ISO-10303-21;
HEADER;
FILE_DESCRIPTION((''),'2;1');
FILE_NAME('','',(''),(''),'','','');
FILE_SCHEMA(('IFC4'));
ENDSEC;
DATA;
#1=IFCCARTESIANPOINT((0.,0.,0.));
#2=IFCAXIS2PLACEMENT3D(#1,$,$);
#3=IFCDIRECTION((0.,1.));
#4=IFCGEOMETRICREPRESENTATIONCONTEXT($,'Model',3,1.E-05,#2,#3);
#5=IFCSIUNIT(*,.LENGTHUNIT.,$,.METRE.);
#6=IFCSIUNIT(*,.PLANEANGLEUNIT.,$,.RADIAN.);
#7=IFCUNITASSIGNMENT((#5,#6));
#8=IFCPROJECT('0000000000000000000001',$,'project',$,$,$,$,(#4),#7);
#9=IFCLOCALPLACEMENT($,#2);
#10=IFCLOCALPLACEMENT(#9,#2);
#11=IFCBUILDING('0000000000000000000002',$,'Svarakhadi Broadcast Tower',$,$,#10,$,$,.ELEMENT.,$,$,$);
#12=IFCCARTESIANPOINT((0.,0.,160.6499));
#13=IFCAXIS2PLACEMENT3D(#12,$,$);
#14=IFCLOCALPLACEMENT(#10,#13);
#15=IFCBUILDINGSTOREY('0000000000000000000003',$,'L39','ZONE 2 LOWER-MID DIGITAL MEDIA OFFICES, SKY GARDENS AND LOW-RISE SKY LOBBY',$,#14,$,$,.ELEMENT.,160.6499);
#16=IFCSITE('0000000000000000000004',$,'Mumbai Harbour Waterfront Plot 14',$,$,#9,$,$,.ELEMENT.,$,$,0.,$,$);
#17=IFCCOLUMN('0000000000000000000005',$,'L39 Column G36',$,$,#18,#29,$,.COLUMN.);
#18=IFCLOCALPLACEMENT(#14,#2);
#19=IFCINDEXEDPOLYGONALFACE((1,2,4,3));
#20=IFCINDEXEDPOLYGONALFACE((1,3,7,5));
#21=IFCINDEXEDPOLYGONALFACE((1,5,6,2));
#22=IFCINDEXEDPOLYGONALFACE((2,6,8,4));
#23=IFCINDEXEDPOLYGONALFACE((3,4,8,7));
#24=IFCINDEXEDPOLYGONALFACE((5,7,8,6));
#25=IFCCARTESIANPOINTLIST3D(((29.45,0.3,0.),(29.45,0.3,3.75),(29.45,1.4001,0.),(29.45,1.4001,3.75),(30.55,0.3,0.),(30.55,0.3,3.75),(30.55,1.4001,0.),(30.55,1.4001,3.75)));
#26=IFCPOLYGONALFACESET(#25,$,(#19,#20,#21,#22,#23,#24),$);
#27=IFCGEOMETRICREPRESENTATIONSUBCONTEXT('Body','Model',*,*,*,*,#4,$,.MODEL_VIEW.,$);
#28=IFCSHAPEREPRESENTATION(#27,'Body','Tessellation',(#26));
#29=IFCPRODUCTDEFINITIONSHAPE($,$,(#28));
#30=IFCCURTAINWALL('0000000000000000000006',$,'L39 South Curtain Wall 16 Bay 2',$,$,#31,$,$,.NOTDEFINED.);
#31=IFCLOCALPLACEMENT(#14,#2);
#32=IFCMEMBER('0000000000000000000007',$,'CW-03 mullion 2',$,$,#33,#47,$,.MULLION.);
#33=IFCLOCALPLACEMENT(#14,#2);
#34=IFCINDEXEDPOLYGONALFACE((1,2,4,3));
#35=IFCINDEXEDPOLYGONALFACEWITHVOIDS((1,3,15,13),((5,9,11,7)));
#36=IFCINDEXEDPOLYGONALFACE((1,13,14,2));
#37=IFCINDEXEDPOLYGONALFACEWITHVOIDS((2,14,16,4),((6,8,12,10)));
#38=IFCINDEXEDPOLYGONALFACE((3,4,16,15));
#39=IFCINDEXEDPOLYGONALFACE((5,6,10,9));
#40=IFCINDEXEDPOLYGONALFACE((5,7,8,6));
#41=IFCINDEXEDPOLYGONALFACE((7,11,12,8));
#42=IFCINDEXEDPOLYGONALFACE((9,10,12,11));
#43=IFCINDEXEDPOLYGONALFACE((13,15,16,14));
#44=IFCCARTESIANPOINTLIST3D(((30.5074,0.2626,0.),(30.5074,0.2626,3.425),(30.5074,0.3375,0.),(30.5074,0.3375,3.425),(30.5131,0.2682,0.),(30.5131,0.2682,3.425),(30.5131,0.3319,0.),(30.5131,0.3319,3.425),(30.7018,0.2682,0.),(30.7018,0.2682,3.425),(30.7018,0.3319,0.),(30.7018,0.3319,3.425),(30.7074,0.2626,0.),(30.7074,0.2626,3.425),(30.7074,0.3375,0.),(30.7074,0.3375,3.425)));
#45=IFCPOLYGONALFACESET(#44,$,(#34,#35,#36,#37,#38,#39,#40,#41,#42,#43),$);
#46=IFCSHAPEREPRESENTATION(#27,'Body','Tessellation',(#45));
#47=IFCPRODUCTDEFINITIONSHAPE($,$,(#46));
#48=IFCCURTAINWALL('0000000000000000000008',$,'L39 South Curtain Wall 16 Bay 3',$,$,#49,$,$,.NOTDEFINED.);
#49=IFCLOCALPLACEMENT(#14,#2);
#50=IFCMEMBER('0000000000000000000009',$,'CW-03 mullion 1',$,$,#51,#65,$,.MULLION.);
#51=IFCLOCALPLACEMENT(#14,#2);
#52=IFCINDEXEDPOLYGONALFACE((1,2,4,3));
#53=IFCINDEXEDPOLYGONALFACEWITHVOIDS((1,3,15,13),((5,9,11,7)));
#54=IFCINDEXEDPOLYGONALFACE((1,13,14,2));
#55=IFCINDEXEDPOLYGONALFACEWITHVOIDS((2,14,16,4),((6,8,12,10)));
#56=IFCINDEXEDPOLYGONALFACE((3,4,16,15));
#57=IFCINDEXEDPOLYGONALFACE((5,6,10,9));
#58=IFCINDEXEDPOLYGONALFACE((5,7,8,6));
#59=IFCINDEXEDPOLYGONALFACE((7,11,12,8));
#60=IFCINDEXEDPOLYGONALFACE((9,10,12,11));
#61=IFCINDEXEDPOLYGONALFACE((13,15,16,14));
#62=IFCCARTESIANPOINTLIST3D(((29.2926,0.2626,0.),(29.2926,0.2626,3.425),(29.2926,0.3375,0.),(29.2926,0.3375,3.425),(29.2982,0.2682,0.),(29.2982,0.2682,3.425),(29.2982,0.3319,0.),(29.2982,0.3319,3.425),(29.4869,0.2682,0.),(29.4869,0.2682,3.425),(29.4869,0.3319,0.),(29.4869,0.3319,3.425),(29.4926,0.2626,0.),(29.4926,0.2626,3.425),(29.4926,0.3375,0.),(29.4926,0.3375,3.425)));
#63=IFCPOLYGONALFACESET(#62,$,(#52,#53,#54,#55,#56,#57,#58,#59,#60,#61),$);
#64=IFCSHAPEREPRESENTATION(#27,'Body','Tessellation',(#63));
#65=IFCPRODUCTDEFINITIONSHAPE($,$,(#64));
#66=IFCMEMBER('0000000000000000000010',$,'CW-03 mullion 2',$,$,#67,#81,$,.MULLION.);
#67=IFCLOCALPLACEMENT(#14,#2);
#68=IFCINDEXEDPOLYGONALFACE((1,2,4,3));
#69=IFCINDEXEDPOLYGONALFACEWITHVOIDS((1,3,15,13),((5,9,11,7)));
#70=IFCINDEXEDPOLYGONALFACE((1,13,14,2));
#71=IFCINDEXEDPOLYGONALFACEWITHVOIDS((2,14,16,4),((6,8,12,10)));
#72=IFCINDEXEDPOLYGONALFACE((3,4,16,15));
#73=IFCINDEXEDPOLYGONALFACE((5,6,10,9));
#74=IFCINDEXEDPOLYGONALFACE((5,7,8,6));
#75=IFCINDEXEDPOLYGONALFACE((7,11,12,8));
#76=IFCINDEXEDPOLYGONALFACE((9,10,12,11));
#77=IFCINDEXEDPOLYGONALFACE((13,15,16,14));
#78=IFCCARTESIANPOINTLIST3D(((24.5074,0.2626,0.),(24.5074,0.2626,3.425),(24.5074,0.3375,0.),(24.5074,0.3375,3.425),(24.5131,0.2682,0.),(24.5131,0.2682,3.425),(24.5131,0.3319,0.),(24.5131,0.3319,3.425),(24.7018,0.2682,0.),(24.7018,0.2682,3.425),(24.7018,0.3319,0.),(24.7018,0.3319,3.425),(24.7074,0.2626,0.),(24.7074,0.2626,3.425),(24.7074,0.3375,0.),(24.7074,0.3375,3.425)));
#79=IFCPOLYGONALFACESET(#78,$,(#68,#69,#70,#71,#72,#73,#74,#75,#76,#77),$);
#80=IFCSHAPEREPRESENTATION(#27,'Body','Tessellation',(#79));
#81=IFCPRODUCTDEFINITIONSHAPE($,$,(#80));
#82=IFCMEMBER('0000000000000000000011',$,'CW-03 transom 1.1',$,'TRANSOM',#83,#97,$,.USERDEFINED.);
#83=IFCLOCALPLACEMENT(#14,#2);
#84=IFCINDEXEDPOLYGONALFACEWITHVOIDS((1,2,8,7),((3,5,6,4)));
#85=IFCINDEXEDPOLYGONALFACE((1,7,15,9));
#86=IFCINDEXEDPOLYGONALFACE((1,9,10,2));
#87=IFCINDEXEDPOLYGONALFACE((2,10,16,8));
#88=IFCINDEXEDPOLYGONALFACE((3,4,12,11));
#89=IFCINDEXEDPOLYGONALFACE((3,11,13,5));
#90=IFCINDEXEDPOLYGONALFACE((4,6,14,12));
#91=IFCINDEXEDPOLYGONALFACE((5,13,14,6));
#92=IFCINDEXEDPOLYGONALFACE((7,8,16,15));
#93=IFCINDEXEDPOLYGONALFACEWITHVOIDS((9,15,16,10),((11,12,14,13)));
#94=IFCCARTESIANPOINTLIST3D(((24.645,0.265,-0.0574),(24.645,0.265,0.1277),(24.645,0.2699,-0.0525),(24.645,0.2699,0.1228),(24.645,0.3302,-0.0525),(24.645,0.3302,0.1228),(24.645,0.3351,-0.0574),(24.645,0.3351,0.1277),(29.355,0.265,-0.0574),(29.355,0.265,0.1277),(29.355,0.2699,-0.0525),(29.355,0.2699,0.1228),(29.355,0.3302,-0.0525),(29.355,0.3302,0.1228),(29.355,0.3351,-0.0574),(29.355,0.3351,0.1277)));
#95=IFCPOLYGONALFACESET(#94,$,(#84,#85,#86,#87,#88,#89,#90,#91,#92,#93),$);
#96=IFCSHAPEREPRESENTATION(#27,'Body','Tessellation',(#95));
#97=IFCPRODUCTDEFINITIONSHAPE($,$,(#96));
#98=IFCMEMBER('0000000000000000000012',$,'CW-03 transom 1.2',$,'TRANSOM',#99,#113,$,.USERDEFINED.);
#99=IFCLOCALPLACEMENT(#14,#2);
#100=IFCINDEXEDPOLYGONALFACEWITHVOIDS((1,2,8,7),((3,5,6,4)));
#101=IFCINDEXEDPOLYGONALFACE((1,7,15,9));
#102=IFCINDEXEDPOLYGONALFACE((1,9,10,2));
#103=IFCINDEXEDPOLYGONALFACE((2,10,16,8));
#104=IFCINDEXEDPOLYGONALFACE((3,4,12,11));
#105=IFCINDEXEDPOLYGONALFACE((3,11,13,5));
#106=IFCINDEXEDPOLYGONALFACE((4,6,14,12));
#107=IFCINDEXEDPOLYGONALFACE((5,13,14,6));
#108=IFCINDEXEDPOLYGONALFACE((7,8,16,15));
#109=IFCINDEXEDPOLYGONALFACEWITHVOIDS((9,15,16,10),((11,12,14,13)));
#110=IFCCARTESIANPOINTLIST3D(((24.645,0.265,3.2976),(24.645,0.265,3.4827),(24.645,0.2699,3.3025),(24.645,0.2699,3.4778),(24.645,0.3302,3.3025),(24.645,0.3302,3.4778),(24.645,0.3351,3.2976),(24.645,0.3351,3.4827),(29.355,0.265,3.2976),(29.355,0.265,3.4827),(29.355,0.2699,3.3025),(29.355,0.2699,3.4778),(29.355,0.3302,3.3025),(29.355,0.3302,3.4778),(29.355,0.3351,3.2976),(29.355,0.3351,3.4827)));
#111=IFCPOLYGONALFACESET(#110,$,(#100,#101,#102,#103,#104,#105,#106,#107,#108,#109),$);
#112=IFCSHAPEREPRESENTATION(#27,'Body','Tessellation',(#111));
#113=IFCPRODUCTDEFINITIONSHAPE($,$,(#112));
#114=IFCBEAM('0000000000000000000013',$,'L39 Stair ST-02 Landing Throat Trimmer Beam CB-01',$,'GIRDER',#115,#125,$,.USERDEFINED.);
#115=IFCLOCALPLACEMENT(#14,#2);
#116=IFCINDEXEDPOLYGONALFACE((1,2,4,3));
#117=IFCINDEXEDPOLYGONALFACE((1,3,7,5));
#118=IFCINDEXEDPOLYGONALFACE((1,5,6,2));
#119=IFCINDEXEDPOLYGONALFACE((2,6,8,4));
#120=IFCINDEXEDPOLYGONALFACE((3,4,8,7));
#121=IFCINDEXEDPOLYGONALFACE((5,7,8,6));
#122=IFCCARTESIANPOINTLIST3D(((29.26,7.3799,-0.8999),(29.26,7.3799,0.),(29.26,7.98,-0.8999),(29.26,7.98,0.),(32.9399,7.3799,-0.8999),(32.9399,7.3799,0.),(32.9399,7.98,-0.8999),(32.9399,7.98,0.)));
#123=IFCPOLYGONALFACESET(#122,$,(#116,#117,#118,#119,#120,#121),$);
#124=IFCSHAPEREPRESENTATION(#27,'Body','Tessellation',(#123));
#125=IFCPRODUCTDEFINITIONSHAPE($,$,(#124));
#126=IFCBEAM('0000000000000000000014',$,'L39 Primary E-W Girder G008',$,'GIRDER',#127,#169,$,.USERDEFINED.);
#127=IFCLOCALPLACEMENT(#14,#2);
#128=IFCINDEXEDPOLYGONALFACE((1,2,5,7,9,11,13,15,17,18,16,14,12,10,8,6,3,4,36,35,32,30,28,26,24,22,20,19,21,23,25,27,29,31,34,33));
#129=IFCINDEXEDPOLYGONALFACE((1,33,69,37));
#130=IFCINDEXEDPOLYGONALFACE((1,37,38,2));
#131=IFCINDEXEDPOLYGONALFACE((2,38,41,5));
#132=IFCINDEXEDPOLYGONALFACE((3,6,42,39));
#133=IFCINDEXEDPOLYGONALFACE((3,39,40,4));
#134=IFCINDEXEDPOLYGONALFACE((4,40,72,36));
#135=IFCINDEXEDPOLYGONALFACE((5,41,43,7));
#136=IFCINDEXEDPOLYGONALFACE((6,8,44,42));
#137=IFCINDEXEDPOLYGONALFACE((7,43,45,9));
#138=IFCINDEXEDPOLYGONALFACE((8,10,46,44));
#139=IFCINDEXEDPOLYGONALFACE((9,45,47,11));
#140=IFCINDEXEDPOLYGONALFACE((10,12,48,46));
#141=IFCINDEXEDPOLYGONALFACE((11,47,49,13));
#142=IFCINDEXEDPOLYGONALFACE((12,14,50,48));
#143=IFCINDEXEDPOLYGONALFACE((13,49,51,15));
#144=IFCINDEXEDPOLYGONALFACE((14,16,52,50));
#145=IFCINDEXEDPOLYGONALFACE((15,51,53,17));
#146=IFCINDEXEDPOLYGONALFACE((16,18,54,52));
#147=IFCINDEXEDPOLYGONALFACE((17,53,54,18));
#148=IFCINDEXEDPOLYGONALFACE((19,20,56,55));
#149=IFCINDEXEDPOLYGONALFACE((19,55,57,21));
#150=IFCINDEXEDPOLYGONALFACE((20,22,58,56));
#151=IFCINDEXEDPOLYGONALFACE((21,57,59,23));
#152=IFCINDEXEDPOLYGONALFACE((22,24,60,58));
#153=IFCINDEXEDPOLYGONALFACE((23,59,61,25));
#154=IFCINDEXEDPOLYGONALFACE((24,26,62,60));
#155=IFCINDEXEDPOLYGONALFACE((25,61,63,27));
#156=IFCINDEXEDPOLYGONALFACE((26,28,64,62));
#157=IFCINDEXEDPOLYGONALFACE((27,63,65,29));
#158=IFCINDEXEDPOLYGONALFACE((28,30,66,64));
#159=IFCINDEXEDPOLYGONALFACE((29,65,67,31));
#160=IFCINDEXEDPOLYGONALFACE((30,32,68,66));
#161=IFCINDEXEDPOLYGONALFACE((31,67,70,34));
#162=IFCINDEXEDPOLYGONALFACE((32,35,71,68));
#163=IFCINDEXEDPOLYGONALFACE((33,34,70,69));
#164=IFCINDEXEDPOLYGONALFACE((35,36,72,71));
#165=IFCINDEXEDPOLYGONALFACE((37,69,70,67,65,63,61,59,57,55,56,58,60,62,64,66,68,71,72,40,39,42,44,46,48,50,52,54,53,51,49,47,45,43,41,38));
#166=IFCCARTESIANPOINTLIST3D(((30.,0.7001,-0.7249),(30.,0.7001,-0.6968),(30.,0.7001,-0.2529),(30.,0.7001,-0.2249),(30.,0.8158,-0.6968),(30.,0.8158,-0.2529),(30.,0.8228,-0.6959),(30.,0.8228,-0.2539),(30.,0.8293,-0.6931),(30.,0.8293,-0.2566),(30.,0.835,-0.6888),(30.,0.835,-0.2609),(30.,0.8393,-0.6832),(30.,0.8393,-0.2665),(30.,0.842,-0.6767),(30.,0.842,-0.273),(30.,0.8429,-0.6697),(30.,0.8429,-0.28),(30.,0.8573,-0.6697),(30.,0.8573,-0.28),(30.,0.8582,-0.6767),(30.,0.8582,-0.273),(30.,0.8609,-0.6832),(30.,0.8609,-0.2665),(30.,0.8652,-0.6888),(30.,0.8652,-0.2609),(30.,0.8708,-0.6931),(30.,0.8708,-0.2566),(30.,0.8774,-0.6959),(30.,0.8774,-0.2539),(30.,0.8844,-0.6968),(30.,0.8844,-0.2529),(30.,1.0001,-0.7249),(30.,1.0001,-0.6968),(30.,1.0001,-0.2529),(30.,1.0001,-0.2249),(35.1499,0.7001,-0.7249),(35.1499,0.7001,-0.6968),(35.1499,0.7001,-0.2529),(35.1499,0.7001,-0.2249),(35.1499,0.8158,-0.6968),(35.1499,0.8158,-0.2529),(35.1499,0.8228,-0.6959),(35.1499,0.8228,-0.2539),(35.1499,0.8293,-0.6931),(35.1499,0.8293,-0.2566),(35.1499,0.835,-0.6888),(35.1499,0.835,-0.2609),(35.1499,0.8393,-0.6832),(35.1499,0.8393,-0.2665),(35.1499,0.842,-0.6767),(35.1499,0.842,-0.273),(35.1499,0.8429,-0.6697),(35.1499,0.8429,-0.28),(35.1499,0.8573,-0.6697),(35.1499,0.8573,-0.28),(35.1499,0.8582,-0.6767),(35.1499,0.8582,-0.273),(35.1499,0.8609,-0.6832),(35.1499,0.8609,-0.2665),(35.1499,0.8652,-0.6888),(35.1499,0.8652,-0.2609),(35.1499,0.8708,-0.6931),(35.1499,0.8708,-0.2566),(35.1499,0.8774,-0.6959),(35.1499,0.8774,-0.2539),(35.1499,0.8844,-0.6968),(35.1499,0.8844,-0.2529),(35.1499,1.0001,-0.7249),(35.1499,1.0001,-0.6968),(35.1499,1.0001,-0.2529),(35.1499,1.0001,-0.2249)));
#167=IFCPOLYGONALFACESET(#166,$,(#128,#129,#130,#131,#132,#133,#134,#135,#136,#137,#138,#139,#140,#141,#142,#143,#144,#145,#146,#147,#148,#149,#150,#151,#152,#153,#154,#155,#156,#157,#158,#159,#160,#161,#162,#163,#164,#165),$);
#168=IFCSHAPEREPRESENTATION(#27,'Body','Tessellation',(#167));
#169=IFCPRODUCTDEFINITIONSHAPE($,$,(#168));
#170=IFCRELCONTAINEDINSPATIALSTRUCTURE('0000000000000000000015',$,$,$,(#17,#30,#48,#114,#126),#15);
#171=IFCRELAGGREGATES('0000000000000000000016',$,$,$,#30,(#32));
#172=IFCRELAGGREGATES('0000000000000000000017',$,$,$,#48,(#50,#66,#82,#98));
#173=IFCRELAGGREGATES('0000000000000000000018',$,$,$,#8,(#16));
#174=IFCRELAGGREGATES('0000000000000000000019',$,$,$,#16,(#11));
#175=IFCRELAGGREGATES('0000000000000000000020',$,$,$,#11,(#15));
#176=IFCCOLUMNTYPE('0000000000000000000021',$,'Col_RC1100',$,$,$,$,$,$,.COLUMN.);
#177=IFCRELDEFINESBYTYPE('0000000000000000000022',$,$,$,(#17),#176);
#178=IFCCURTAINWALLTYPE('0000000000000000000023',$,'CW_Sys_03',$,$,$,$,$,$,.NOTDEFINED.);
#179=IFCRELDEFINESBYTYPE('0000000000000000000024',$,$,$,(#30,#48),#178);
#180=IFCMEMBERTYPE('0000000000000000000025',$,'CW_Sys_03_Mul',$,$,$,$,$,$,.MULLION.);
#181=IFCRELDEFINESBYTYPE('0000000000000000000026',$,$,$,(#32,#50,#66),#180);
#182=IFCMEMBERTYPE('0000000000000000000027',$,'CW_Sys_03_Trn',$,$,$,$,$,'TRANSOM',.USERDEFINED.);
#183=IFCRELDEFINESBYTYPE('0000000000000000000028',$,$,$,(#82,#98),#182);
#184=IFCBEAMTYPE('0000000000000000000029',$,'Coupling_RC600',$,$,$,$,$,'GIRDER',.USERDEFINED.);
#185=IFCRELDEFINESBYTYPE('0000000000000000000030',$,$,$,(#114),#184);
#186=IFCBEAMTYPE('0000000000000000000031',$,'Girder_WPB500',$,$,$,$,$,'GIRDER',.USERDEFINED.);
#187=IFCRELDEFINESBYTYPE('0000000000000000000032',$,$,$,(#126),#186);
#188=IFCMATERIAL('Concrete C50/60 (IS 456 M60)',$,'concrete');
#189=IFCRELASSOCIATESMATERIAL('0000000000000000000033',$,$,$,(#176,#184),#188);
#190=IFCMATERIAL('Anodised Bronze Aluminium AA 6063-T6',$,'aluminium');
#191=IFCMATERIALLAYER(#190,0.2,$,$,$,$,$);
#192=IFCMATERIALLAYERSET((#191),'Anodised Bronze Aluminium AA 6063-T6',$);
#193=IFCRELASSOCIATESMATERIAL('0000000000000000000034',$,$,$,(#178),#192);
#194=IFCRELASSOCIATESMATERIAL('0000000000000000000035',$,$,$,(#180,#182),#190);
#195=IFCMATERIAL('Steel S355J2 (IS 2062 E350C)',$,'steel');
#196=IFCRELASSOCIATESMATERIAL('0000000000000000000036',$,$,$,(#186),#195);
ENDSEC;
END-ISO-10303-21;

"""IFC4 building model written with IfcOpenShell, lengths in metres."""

from ifc_helpers import new_model, si_unit, direction, frame, origin, origin_2d, place, context, subcontext, project, spatial, rectangle, hollow_rectangle, i_section, extrude, material, layer, layer_set, material_profile, profile_set, type_object, element, aggregate, save


model = new_model("IFC4")

# Units and contexts
model_context = context("Model", 3, precision=1e-05, world=origin(), true_north=direction((0.0, 1.0)))
body_context = subcontext(model_context, "Body", "Model", "MODEL_VIEW")
ifc_project = project(units=[si_unit("LENGTHUNIT", "METRE"), si_unit("PLANEANGLEUNIT", "RADIAN")], contexts=[model_context])

# Site, building, storey
site_placement = place(None, origin())
site = spatial("IfcSite", under=ifc_project, at=site_placement, Name="Mumbai Harbour Waterfront Plot 14", CompositionType="ELEMENT", RefElevation=0.0)
building_placement = place(site_placement, origin())
building = spatial("IfcBuilding", under=site, at=building_placement, Name="Svarakhadi Broadcast Tower", CompositionType="ELEMENT")
storey_placement = place(building_placement, frame((0.0, 0.0, 160.6499)))
storey = spatial("IfcBuildingStorey", under=building, at=storey_placement, Name="L39", Description="ZONE 2 LOWER-MID DIGITAL MEDIA OFFICES, SKY GARDENS AND LOW-RISE SKY LOBBY", CompositionType="ELEMENT", Elevation=160.6499)

# Column
ifc_material_1 = material(Name="Concrete C50/60 (IS 456 M60)", Category="concrete")
ifc_material_profile_1 = material_profile(ifc_material_1, rectangle(XDim=1.1001, YDim=1.1001, at=origin_2d()), Name="RC 1100x1100")
ifc_profile_set_1 = profile_set([ifc_material_profile_1], Name="Concrete C50/60 (IS 456 M60)")
column_type = type_object("IfcColumnType", Name="Col_RC1100", PredefinedType="COLUMN", material=ifc_profile_set_1)
column_placement = place(storey_placement, frame((30.0, 0.8501, 0.0), z_axis=(0.0, 0.0, 1.0), x_axis=(1.0, 0.0, 0.0)))
element("IfcColumn", 1, at=column_placement, inside=storey, type_object=column_type, Name="L39 Column G36", PredefinedType="COLUMN", context=body_context, shape_type="SweptSolid", body=[
    extrude(rectangle(XDim=1.1001, YDim=1.1001, at=origin_2d()), origin(), (0.0, 0.0, 1.0), 3.75),
])

# Curtain wall, member
ifc_material_2 = material(Name="Anodised Bronze Aluminium AA 6063-T6", Category="aluminium")
ifc_layer_1 = layer(ifc_material_2, 0.2)
ifc_layer_set_1 = layer_set([ifc_layer_1], Name="Anodised Bronze Aluminium AA 6063-T6")
curtain_wall_type = type_object("IfcCurtainWallType", Name="CW_Sys_03", PredefinedType="NOTDEFINED", material=ifc_layer_set_1)
curtain_wall_1_placement = place(storey_placement, origin())
curtain_wall_1 = element("IfcCurtainWall", 2, at=curtain_wall_1_placement, inside=storey, type_object=curtain_wall_type, Name="L39 South Curtain Wall 16 Bay 2", PredefinedType="NOTDEFINED")
ifc_material_profile_2 = material_profile(ifc_material_2, hollow_rectangle(XDim=0.075, YDim=0.2, WallThickness=0.0056, at=origin_2d()), Name="ALU MULLION 200x75x6")
ifc_profile_set_2 = profile_set([ifc_material_profile_2], Name="Anodised Bronze Aluminium AA 6063-T6")
member_type_1 = type_object("IfcMemberType", Name="CW_Sys_03_Mul", PredefinedType="MULLION", material=ifc_profile_set_2)
member_1_placement = place(storey_placement, frame((30.6074, 0.3, 0.0), z_axis=(0.0, 0.0, 1.0), x_axis=(0.0, -1.0, 0.0)))
member_1 = element("IfcMember", 3, at=member_1_placement, type_object=member_type_1, Name="CW-03 mullion 2", PredefinedType="MULLION", context=body_context, shape_type="SweptSolid", body=[
    extrude(hollow_rectangle(XDim=0.075, YDim=0.2, WallThickness=0.0056, at=origin_2d()), origin(), (0.0, 0.0, 1.0), 3.425),
])

# Curtain wall, members
curtain_wall_2_placement = place(storey_placement, origin())
curtain_wall_2 = element("IfcCurtainWall", 4, at=curtain_wall_2_placement, inside=storey, type_object=curtain_wall_type, Name="L39 South Curtain Wall 16 Bay 3", PredefinedType="NOTDEFINED")
member_2_placement = place(storey_placement, frame((29.3926, 0.3, 0.0), z_axis=(0.0, 0.0, 1.0), x_axis=(0.0, -1.0, 0.0)))
member_2 = element("IfcMember", 5, at=member_2_placement, type_object=member_type_1, Name="CW-03 mullion 1", PredefinedType="MULLION", context=body_context, shape_type="SweptSolid", body=[
    extrude(hollow_rectangle(XDim=0.075, YDim=0.2, WallThickness=0.0056, at=origin_2d()), origin(), (0.0, 0.0, 1.0), 3.425),
])
member_3_placement = place(storey_placement, frame((24.6074, 0.3, 0.0), z_axis=(0.0, 0.0, 1.0), x_axis=(0.0, -1.0, 0.0)))
member_3 = element("IfcMember", 6, at=member_3_placement, type_object=member_type_1, Name="CW-03 mullion 2", PredefinedType="MULLION", context=body_context, shape_type="SweptSolid", body=[
    extrude(hollow_rectangle(XDim=0.075, YDim=0.2, WallThickness=0.0056, at=origin_2d()), origin(), (0.0, 0.0, 1.0), 3.425),
])
ifc_material_profile_3 = material_profile(ifc_material_2, hollow_rectangle(XDim=0.0701, YDim=0.1851, WallThickness=0.0049, at=origin_2d()), Name="ALU TRANSOM 185x70x5")
ifc_profile_set_3 = profile_set([ifc_material_profile_3], Name="Anodised Bronze Aluminium AA 6063-T6")
member_type_2 = type_object("IfcMemberType", Name="CW_Sys_03_Trn", ElementType="TRANSOM", PredefinedType="USERDEFINED", material=ifc_profile_set_3)
member_4_placement = place(storey_placement, frame((29.355, 0.3, 0.0352), z_axis=(-1.0, 0.0, 0.0), x_axis=(0.0, -1.0, 0.0)))
member_4 = element("IfcMember", 7, at=member_4_placement, type_object=member_type_2, Name="CW-03 transom 1.1", ObjectType="TRANSOM", PredefinedType="USERDEFINED", context=body_context, shape_type="SweptSolid", body=[
    extrude(hollow_rectangle(XDim=0.0701, YDim=0.1851, WallThickness=0.0049, at=origin_2d()), origin(), (0.0, 0.0, 1.0), 4.71),
])
member_5_placement = place(storey_placement, frame((29.355, 0.3, 3.3901), z_axis=(-1.0, 0.0, 0.0), x_axis=(0.0, -1.0, 0.0)))
member_5 = element("IfcMember", 8, at=member_5_placement, type_object=member_type_2, Name="CW-03 transom 1.2", ObjectType="TRANSOM", PredefinedType="USERDEFINED", context=body_context, shape_type="SweptSolid", body=[
    extrude(hollow_rectangle(XDim=0.0701, YDim=0.1851, WallThickness=0.0049, at=origin_2d()), origin(), (0.0, 0.0, 1.0), 4.71),
])

# Beams
ifc_material_profile_4 = material_profile(ifc_material_1, rectangle(XDim=0.6001, YDim=0.8999, at=origin_2d()), Name="RC 600x900")
ifc_profile_set_4 = profile_set([ifc_material_profile_4], Name="Concrete C50/60 (IS 456 M60)")
beam_type_1 = type_object("IfcBeamType", Name="Coupling_RC600", ElementType="GIRDER", PredefinedType="USERDEFINED", material=ifc_profile_set_4)
beam_1_placement = place(storey_placement, frame((29.26, 7.6799, -0.45), z_axis=(1.0, 0.0, 0.0), x_axis=(0.0, 1.0, 0.0)))
element("IfcBeam", 9, at=beam_1_placement, inside=storey, type_object=beam_type_1, Name="L39 Stair ST-02 Landing Throat Trimmer Beam CB-01", ObjectType="GIRDER", PredefinedType="USERDEFINED", context=body_context, shape_type="SweptSolid", body=[
    extrude(rectangle(XDim=0.6001, YDim=0.8999, at=origin_2d()), origin(), (0.0, 0.0, 1.0), 3.6799),
])
ifc_material_3 = material(Name="Steel S355J2 (IS 2062 E350C)", Category="steel")
ifc_material_profile_5 = material_profile(ifc_material_3, i_section(OverallWidth=0.3, OverallDepth=0.5, WebThickness=0.0144, FlangeThickness=0.0281, FilletRadius=0.0271, at=origin_2d()), Name="WPB 500x300x187")
ifc_profile_set_5 = profile_set([ifc_material_profile_5], Name="Steel S355J2 (IS 2062 E350C)")
beam_type_2 = type_object("IfcBeamType", Name="Girder_WPB500", ElementType="GIRDER", PredefinedType="USERDEFINED", material=ifc_profile_set_5)
beam_2_placement = place(storey_placement, frame((30.0, 0.8501, -0.4749), z_axis=(1.0, 0.0, 0.0), x_axis=(0.0, 1.0, 0.0)))
element("IfcBeam", 10, at=beam_2_placement, inside=storey, type_object=beam_type_2, Name="L39 Primary E-W Girder G008", ObjectType="GIRDER", PredefinedType="USERDEFINED", context=body_context, shape_type="SweptSolid", body=[
    extrude(i_section(OverallWidth=0.3, OverallDepth=0.5, WebThickness=0.0144, FlangeThickness=0.0281, FilletRadius=0.0271, at=origin_2d()), origin(), (0.0, 0.0, 1.0), 5.1499),
])

aggregate(curtain_wall_1, [member_1])
aggregate(curtain_wall_2, [member_2, member_3, member_4, member_5])

save(model, "model.ifc")
